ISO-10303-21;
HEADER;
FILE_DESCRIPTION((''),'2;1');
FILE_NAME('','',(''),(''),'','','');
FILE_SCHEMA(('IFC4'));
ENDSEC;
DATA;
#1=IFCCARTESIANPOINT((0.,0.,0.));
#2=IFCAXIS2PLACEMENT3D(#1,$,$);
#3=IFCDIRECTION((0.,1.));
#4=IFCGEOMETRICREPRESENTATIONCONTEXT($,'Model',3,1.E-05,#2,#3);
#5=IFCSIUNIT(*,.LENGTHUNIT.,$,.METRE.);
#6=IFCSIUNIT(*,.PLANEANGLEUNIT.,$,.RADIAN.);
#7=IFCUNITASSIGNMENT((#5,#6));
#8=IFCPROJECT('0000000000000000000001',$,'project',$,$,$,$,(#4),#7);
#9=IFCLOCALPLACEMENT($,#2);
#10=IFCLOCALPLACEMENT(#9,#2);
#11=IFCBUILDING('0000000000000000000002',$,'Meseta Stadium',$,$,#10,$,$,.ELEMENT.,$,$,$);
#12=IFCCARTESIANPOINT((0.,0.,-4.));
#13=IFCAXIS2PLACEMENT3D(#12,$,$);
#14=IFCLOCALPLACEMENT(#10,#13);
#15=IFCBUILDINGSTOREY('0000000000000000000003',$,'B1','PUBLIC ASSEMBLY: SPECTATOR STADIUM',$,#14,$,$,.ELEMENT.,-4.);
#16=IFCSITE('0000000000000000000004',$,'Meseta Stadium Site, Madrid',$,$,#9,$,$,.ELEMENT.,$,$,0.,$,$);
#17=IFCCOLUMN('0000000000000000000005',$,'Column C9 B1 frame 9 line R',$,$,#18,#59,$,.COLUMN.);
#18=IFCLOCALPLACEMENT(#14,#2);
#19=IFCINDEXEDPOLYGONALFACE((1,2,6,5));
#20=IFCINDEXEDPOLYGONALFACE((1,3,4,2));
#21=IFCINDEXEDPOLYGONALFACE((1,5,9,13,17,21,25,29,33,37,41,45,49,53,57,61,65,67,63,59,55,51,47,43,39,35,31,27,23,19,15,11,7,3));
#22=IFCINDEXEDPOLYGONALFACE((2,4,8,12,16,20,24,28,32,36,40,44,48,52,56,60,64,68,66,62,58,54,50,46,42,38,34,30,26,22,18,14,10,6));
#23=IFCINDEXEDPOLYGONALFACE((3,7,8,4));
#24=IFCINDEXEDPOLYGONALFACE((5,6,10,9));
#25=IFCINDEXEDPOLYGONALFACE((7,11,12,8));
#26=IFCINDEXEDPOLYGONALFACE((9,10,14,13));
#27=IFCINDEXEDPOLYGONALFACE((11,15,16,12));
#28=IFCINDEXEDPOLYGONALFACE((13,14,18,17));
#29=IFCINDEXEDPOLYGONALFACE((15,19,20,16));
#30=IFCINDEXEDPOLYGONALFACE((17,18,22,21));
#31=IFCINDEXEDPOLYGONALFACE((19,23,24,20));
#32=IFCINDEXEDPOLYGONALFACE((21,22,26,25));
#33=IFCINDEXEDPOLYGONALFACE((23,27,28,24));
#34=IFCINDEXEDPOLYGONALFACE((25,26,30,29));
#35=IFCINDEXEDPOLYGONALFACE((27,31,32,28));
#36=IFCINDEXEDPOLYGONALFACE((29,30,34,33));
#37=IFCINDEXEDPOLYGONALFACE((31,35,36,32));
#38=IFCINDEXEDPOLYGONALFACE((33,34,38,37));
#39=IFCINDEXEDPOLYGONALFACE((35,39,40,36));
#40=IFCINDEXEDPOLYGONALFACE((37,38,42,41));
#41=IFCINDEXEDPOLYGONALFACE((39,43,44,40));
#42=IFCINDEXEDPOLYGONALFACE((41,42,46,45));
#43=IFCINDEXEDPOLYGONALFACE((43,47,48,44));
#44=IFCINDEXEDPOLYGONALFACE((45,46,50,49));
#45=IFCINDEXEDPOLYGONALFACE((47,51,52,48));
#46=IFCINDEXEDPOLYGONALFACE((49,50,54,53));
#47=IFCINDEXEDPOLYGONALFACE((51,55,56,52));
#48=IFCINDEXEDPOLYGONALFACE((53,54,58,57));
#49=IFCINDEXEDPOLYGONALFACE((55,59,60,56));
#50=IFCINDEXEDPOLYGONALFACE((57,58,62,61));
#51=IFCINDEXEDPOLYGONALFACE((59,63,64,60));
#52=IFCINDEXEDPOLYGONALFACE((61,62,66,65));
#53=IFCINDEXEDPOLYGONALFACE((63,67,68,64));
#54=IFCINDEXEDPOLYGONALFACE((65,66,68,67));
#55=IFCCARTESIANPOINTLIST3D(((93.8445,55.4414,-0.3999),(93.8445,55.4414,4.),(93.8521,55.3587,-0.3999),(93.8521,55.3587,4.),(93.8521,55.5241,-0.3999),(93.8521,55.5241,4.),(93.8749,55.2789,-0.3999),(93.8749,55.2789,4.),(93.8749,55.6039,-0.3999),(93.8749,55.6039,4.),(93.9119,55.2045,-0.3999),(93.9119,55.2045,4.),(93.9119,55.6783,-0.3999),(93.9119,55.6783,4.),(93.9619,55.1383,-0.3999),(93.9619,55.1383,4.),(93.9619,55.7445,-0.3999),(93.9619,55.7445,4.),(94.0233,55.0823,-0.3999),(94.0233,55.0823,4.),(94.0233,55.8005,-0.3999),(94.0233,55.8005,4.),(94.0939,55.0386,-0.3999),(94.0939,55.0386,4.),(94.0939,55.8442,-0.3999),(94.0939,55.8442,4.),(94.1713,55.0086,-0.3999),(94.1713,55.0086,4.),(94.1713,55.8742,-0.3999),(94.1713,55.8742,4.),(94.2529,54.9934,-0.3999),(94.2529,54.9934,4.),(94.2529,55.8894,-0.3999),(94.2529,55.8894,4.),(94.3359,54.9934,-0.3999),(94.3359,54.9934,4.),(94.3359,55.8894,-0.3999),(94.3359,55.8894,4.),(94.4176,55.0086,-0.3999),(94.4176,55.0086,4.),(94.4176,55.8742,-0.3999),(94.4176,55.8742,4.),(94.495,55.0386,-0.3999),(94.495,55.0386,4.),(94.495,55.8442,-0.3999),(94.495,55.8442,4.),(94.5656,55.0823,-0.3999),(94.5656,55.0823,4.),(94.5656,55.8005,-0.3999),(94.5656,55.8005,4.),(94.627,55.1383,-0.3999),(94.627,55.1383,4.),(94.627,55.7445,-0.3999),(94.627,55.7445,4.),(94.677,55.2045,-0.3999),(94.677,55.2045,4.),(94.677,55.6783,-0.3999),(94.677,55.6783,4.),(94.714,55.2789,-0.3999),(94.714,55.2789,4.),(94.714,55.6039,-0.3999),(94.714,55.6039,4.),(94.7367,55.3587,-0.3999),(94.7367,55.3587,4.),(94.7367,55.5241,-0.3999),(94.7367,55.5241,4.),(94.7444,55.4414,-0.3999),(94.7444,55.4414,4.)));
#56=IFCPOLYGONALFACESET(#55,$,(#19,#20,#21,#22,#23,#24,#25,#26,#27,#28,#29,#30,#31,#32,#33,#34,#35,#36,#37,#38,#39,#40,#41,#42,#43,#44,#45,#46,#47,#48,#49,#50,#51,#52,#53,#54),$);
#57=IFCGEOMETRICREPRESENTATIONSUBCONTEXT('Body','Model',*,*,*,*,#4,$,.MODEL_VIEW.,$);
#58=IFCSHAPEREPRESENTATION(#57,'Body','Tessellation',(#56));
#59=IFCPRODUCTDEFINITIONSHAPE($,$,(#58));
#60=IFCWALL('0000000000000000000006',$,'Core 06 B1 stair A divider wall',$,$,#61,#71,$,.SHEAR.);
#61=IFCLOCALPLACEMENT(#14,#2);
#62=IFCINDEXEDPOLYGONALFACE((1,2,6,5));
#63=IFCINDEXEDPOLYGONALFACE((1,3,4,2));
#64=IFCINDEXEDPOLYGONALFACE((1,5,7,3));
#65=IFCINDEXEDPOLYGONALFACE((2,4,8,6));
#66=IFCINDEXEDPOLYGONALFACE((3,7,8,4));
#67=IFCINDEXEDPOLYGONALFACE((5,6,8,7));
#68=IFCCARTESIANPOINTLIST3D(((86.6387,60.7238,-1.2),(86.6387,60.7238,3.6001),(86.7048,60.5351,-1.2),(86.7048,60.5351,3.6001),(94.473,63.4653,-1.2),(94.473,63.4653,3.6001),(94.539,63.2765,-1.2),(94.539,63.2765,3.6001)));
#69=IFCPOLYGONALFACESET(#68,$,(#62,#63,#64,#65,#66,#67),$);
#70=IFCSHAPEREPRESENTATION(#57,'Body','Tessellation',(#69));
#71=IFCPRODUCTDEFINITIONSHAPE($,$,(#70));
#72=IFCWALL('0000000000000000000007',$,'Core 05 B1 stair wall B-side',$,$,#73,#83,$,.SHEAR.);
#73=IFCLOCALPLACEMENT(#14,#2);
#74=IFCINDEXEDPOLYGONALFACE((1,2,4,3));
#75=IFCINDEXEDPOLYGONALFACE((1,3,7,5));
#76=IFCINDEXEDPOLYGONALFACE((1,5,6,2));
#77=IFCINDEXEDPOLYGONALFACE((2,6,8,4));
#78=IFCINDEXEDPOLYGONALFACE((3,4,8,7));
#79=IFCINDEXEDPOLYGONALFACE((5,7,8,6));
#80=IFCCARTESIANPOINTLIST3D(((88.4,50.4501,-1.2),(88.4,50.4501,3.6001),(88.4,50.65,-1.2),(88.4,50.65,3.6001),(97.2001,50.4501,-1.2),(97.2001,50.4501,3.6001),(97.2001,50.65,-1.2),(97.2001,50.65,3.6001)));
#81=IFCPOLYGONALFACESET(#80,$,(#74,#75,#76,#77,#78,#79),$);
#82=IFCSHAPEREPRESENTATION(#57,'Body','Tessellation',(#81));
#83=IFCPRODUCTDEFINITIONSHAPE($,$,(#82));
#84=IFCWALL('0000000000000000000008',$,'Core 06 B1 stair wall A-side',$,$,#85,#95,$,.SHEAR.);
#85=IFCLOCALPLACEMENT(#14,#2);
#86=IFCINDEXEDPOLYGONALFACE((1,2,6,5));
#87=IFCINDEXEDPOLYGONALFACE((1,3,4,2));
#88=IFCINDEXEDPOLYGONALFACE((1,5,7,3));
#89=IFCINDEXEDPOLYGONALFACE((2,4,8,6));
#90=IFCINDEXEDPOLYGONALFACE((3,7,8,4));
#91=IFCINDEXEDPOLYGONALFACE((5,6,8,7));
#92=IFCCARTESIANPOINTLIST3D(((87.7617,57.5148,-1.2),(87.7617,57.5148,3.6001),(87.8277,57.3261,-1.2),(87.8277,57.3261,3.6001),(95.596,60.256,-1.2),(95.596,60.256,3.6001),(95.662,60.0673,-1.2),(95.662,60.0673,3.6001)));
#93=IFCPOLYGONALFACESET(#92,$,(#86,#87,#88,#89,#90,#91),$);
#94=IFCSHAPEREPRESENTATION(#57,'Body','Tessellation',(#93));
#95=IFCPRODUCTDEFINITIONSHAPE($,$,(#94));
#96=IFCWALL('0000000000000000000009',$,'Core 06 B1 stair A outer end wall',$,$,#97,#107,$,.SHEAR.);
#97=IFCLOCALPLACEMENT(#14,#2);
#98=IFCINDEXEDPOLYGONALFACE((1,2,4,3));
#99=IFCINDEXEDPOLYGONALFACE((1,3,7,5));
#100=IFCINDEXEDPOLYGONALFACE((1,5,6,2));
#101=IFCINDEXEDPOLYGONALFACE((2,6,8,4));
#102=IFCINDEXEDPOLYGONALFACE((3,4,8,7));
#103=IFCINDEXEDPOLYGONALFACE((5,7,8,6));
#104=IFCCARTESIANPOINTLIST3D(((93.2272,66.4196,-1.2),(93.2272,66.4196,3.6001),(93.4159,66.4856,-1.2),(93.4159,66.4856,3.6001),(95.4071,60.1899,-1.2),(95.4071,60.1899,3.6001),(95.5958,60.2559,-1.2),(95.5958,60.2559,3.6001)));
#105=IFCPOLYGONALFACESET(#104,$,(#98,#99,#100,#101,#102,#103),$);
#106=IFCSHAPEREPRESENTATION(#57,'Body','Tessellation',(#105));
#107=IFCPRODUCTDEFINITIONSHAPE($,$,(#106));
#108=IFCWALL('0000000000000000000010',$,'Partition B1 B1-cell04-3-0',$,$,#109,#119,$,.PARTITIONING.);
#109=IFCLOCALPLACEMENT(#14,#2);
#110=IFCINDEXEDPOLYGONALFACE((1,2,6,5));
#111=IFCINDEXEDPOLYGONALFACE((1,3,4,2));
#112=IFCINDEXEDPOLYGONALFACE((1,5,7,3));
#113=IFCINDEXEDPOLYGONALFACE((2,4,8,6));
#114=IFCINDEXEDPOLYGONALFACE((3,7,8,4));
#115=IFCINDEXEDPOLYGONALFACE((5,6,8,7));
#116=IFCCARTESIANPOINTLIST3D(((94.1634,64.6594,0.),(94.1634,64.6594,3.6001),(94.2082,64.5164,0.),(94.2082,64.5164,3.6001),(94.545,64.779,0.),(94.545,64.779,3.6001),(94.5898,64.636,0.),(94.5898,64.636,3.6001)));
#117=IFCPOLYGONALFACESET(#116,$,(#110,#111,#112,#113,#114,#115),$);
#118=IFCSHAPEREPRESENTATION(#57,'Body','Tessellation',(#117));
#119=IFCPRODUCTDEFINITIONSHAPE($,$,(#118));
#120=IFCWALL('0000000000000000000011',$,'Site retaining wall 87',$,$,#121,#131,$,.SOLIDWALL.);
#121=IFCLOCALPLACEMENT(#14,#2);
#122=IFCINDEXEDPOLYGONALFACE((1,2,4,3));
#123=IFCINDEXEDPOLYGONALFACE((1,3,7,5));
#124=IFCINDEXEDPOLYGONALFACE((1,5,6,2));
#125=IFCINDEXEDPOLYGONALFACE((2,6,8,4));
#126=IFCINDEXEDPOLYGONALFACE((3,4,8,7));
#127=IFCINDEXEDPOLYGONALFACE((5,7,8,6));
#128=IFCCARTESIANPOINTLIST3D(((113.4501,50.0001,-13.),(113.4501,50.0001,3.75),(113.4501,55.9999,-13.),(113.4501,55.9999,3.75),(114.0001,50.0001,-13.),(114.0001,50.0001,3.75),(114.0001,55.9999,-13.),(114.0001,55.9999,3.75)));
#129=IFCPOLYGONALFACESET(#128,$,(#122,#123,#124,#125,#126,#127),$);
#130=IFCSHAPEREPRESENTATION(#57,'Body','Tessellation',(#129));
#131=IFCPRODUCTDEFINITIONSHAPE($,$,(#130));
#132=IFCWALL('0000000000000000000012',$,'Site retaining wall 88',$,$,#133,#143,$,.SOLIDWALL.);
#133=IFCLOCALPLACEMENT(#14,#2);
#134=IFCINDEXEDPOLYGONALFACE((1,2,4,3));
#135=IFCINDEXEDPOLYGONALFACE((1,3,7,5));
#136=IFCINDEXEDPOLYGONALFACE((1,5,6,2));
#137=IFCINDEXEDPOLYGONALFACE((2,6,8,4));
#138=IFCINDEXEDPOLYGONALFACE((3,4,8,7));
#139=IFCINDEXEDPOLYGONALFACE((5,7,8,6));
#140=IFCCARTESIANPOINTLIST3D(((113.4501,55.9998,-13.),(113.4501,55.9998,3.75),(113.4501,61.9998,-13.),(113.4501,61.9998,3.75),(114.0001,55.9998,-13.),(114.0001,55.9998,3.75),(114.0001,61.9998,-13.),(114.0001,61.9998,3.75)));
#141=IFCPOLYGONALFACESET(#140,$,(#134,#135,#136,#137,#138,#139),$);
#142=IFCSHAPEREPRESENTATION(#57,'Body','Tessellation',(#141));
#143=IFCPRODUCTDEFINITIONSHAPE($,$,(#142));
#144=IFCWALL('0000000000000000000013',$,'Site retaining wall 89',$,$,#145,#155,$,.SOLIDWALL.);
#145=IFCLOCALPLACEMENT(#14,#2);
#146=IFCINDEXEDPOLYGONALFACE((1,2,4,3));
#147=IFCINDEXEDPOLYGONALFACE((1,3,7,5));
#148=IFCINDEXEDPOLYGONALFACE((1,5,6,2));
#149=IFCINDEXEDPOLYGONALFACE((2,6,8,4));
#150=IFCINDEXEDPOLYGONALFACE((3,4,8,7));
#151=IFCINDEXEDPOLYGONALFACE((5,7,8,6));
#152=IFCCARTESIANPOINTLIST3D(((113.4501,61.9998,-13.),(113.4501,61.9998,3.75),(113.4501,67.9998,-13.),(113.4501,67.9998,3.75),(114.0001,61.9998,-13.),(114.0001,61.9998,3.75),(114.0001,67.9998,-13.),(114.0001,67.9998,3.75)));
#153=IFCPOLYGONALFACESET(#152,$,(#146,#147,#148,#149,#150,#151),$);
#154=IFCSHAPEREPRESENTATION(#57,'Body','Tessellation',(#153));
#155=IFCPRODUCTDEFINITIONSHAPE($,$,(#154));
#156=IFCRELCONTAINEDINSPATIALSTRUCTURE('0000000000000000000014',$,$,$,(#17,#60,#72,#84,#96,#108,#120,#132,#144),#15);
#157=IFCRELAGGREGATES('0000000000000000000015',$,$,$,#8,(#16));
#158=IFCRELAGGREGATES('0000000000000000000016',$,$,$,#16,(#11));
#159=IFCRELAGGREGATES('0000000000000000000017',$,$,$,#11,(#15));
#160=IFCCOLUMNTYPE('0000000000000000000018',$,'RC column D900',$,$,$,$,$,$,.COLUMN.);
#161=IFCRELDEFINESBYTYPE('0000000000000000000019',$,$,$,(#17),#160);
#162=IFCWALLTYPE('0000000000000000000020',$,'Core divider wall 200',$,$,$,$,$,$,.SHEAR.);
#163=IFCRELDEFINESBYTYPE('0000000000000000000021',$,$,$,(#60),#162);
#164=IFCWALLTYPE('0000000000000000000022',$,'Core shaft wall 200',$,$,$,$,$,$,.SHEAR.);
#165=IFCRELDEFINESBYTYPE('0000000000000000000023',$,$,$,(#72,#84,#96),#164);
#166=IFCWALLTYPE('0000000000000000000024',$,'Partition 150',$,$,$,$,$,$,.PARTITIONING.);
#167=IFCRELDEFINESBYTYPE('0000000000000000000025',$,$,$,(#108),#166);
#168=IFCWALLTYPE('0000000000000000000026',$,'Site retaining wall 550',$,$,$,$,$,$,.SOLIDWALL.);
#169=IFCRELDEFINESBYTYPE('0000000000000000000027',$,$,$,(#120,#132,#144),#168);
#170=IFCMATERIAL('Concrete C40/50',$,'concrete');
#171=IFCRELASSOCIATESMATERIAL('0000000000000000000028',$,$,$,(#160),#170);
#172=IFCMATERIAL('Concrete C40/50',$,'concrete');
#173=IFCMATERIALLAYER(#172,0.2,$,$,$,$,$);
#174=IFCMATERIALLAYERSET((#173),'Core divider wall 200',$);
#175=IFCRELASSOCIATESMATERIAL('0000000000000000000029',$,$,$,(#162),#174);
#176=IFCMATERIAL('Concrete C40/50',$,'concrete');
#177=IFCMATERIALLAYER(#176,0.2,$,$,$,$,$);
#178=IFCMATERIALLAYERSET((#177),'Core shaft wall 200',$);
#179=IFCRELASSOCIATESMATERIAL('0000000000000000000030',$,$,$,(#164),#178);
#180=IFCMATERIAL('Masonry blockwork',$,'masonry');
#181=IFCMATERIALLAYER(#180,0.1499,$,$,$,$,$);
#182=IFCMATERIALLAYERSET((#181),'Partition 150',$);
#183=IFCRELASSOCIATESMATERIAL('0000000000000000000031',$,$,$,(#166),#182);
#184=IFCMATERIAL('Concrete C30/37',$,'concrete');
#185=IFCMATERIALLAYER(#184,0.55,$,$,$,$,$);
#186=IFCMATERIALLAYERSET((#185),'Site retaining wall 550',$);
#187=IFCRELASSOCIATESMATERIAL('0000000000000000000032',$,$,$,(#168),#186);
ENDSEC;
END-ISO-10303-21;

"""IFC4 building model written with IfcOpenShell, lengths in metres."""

from ifc_helpers import new_model, si_unit, direction, frame, frame_2d, origin, origin_2d, place, context, subcontext, project, spatial, rectangle, circle, extrude, material, layer, layer_set, material_profile, profile_set, type_object, element, save


model = new_model("IFC4")

# Units and contexts
model_context = context("Model", 3, precision=1e-05, world=origin(), true_north=direction((0.0, 1.0)))
body_context = subcontext(model_context, "Body", "Model", "MODEL_VIEW")
ifc_project = project(units=[si_unit("LENGTHUNIT", "METRE"), si_unit("PLANEANGLEUNIT", "RADIAN")], contexts=[model_context])

# Site, building, storey
site_placement = place(None, origin())
site = spatial("IfcSite", under=ifc_project, at=site_placement, Name="Meseta Stadium Site, Madrid", CompositionType="ELEMENT", RefElevation=0.0)
building_placement = place(site_placement, origin())
building = spatial("IfcBuilding", under=site, at=building_placement, Name="Meseta Stadium", CompositionType="ELEMENT")
storey_placement = place(building_placement, frame((0.0, 0.0, -4.0)))
storey = spatial("IfcBuildingStorey", under=building, at=storey_placement, Name="B1", Description="PUBLIC ASSEMBLY: SPECTATOR STADIUM", CompositionType="ELEMENT", Elevation=-4.0)

# Column
ifc_material_1 = material(Name="Concrete C40/50", Category="concrete")
ifc_material_profile = material_profile(ifc_material_1, circle(Radius=0.45, at=origin_2d()), Name="RC D900")
ifc_profile_set = profile_set([ifc_material_profile], Name="Concrete C40/50")
column_type = type_object("IfcColumnType", Name="RC column D900", PredefinedType="COLUMN", material=ifc_profile_set)
column_placement = place(storey_placement, frame((94.2944, 55.4414, -0.3999), z_axis=(0.0, 0.0, 1.0), x_axis=(1.0, 0.0, 0.0)))
element("IfcColumn", 1, at=column_placement, inside=storey, type_object=column_type, Name="Column C9 B1 frame 9 line R", PredefinedType="COLUMN", context=body_context, shape_type="SweptSolid", body=[
    extrude(circle(Radius=0.45, at=origin_2d()), origin(), (0.0, 0.0, 1.0), 4.3999),
])

# Walls
ifc_material_2 = material(Name="Concrete C40/50", Category="concrete")
ifc_layer_1 = layer(ifc_material_2, 0.2)
ifc_layer_set_1 = layer_set([ifc_layer_1], Name="Core divider wall 200")
wall_type_1 = type_object("IfcWallType", Name="Core divider wall 200", PredefinedType="SHEAR", material=ifc_layer_set_1)
wall_1_placement = place(storey_placement, frame((94.5059, 63.3708, -1.2), z_axis=(0.0, 0.0, 1.0), x_axis=(-0.943878, -0.330294, 0.0)))
element("IfcWall", 2, at=wall_1_placement, inside=storey, type_object=wall_type_1, Name="Core 06 B1 stair A divider wall", PredefinedType="SHEAR", context=body_context, shape_type="SweptSolid", body=[
    extrude(rectangle(XDim=8.3, YDim=0.2, at=frame_2d((4.1499, 0.0))), origin(), (0.0, 0.0, 1.0), 4.8),
])
ifc_material_3 = material(Name="Concrete C40/50", Category="concrete")
ifc_layer_2 = layer(ifc_material_3, 0.2)
ifc_layer_set_2 = layer_set([ifc_layer_2], Name="Core shaft wall 200")
wall_type_2 = type_object("IfcWallType", Name="Core shaft wall 200", PredefinedType="SHEAR", material=ifc_layer_set_2)
wall_2_placement = place(storey_placement, frame((97.2, 50.55, -1.2), z_axis=(0.0, 0.0, 1.0), x_axis=(-1.0, 0.0, 0.0)))
element("IfcWall", 3, at=wall_2_placement, inside=storey, type_object=wall_type_2, Name="Core 05 B1 stair wall B-side", PredefinedType="SHEAR", context=body_context, shape_type="SweptSolid", body=[
    extrude(rectangle(XDim=8.8, YDim=0.2, at=frame_2d((4.3999, 0.0))), origin(), (0.0, 0.0, 1.0), 4.8),
])
wall_3_placement = place(storey_placement, frame((95.6289, 60.1616, -1.2), z_axis=(0.0, 0.0, 1.0), x_axis=(-0.943887, -0.330268, 0.0)))
element("IfcWall", 4, at=wall_3_placement, inside=storey, type_object=wall_type_2, Name="Core 06 B1 stair wall A-side", PredefinedType="SHEAR", context=body_context, shape_type="SweptSolid", body=[
    extrude(rectangle(XDim=8.3, YDim=0.2, at=frame_2d((4.1499, 0.0))), origin(), (0.0, 0.0, 1.0), 4.8),
])
wall_4_placement = place(storey_placement, frame((95.5015, 60.2229, -1.2), z_axis=(0.0, 0.0, 1.0), x_axis=(-0.330286, 0.943881, 0.0)))
element("IfcWall", 5, at=wall_4_placement, inside=storey, type_object=wall_type_2, Name="Core 06 B1 stair A outer end wall", PredefinedType="SHEAR", context=body_context, shape_type="SweptSolid", body=[
    extrude(rectangle(XDim=6.6001, YDim=0.2, at=frame_2d((3.3, 0.0))), origin(), (0.0, 0.0, 1.0), 4.8),
])
ifc_material_4 = material(Name="Masonry blockwork", Category="masonry")
ifc_layer_3 = layer(ifc_material_4, 0.1499)
ifc_layer_set_3 = layer_set([ifc_layer_3], Name="Partition 150")
wall_type_3 = type_object("IfcWallType", Name="Partition 150", PredefinedType="PARTITIONING", material=ifc_layer_set_3)
wall_5_placement = place(storey_placement, frame((94.1858, 64.5879, 0.0), z_axis=(0.0, 0.0, 1.0), x_axis=(0.954208, 0.299144, 0.0)))
element("IfcWall", 6, at=wall_5_placement, inside=storey, type_object=wall_type_3, Name="Partition B1 B1-cell04-3-0", PredefinedType="PARTITIONING", context=body_context, shape_type="SweptSolid", body=[
    extrude(rectangle(XDim=0.3999, YDim=0.1499, at=frame_2d((0.2, 0.0))), origin(), (0.0, 0.0, 1.0), 3.6001),
])
ifc_material_5 = material(Name="Concrete C30/37", Category="concrete")
ifc_layer_4 = layer(ifc_material_5, 0.55)
ifc_layer_set_4 = layer_set([ifc_layer_4], Name="Site retaining wall 550")
wall_type_4 = type_object("IfcWallType", Name="Site retaining wall 550", PredefinedType="SOLIDWALL", material=ifc_layer_set_4)
wall_6_placement = place(storey_placement, frame((113.7251, 50.0, -13.0), z_axis=(0.0, 0.0, 1.0), x_axis=(0.0, 1.0, 0.0)))
element("IfcWall", 7, at=wall_6_placement, inside=storey, type_object=wall_type_4, Name="Site retaining wall 87", PredefinedType="SOLIDWALL", context=body_context, shape_type="SweptSolid", body=[
    extrude(rectangle(XDim=5.9998, YDim=0.55, at=frame_2d((3.0, 0.0))), origin(), (0.0, 0.0, 1.0), 16.75),
])
for number, where, z_axis, x_axis, name in (
    (8, (113.7251, 55.9998, -13.0), (0.0, 0.0, 1.0), (0.0, 1.0, 0.0), "Site retaining wall 88"),
    (9, (113.7251, 61.9998, -13.0), (0.0, 0.0, 1.0), (0.0, 1.0, 0.0), "Site retaining wall 89"),
):
    element("IfcWall", number, at=place(storey_placement, frame(where, z_axis=z_axis, x_axis=x_axis)), inside=storey, type_object=wall_type_4, Name=name, PredefinedType="SOLIDWALL", context=body_context, shape_type="SweptSolid", body=[
        extrude(rectangle(XDim=6.0, YDim=0.55, at=frame_2d((3.0, 0.0))), origin(), (0.0, 0.0, 1.0), 16.75),
    ])

save(model, "model.ifc")
